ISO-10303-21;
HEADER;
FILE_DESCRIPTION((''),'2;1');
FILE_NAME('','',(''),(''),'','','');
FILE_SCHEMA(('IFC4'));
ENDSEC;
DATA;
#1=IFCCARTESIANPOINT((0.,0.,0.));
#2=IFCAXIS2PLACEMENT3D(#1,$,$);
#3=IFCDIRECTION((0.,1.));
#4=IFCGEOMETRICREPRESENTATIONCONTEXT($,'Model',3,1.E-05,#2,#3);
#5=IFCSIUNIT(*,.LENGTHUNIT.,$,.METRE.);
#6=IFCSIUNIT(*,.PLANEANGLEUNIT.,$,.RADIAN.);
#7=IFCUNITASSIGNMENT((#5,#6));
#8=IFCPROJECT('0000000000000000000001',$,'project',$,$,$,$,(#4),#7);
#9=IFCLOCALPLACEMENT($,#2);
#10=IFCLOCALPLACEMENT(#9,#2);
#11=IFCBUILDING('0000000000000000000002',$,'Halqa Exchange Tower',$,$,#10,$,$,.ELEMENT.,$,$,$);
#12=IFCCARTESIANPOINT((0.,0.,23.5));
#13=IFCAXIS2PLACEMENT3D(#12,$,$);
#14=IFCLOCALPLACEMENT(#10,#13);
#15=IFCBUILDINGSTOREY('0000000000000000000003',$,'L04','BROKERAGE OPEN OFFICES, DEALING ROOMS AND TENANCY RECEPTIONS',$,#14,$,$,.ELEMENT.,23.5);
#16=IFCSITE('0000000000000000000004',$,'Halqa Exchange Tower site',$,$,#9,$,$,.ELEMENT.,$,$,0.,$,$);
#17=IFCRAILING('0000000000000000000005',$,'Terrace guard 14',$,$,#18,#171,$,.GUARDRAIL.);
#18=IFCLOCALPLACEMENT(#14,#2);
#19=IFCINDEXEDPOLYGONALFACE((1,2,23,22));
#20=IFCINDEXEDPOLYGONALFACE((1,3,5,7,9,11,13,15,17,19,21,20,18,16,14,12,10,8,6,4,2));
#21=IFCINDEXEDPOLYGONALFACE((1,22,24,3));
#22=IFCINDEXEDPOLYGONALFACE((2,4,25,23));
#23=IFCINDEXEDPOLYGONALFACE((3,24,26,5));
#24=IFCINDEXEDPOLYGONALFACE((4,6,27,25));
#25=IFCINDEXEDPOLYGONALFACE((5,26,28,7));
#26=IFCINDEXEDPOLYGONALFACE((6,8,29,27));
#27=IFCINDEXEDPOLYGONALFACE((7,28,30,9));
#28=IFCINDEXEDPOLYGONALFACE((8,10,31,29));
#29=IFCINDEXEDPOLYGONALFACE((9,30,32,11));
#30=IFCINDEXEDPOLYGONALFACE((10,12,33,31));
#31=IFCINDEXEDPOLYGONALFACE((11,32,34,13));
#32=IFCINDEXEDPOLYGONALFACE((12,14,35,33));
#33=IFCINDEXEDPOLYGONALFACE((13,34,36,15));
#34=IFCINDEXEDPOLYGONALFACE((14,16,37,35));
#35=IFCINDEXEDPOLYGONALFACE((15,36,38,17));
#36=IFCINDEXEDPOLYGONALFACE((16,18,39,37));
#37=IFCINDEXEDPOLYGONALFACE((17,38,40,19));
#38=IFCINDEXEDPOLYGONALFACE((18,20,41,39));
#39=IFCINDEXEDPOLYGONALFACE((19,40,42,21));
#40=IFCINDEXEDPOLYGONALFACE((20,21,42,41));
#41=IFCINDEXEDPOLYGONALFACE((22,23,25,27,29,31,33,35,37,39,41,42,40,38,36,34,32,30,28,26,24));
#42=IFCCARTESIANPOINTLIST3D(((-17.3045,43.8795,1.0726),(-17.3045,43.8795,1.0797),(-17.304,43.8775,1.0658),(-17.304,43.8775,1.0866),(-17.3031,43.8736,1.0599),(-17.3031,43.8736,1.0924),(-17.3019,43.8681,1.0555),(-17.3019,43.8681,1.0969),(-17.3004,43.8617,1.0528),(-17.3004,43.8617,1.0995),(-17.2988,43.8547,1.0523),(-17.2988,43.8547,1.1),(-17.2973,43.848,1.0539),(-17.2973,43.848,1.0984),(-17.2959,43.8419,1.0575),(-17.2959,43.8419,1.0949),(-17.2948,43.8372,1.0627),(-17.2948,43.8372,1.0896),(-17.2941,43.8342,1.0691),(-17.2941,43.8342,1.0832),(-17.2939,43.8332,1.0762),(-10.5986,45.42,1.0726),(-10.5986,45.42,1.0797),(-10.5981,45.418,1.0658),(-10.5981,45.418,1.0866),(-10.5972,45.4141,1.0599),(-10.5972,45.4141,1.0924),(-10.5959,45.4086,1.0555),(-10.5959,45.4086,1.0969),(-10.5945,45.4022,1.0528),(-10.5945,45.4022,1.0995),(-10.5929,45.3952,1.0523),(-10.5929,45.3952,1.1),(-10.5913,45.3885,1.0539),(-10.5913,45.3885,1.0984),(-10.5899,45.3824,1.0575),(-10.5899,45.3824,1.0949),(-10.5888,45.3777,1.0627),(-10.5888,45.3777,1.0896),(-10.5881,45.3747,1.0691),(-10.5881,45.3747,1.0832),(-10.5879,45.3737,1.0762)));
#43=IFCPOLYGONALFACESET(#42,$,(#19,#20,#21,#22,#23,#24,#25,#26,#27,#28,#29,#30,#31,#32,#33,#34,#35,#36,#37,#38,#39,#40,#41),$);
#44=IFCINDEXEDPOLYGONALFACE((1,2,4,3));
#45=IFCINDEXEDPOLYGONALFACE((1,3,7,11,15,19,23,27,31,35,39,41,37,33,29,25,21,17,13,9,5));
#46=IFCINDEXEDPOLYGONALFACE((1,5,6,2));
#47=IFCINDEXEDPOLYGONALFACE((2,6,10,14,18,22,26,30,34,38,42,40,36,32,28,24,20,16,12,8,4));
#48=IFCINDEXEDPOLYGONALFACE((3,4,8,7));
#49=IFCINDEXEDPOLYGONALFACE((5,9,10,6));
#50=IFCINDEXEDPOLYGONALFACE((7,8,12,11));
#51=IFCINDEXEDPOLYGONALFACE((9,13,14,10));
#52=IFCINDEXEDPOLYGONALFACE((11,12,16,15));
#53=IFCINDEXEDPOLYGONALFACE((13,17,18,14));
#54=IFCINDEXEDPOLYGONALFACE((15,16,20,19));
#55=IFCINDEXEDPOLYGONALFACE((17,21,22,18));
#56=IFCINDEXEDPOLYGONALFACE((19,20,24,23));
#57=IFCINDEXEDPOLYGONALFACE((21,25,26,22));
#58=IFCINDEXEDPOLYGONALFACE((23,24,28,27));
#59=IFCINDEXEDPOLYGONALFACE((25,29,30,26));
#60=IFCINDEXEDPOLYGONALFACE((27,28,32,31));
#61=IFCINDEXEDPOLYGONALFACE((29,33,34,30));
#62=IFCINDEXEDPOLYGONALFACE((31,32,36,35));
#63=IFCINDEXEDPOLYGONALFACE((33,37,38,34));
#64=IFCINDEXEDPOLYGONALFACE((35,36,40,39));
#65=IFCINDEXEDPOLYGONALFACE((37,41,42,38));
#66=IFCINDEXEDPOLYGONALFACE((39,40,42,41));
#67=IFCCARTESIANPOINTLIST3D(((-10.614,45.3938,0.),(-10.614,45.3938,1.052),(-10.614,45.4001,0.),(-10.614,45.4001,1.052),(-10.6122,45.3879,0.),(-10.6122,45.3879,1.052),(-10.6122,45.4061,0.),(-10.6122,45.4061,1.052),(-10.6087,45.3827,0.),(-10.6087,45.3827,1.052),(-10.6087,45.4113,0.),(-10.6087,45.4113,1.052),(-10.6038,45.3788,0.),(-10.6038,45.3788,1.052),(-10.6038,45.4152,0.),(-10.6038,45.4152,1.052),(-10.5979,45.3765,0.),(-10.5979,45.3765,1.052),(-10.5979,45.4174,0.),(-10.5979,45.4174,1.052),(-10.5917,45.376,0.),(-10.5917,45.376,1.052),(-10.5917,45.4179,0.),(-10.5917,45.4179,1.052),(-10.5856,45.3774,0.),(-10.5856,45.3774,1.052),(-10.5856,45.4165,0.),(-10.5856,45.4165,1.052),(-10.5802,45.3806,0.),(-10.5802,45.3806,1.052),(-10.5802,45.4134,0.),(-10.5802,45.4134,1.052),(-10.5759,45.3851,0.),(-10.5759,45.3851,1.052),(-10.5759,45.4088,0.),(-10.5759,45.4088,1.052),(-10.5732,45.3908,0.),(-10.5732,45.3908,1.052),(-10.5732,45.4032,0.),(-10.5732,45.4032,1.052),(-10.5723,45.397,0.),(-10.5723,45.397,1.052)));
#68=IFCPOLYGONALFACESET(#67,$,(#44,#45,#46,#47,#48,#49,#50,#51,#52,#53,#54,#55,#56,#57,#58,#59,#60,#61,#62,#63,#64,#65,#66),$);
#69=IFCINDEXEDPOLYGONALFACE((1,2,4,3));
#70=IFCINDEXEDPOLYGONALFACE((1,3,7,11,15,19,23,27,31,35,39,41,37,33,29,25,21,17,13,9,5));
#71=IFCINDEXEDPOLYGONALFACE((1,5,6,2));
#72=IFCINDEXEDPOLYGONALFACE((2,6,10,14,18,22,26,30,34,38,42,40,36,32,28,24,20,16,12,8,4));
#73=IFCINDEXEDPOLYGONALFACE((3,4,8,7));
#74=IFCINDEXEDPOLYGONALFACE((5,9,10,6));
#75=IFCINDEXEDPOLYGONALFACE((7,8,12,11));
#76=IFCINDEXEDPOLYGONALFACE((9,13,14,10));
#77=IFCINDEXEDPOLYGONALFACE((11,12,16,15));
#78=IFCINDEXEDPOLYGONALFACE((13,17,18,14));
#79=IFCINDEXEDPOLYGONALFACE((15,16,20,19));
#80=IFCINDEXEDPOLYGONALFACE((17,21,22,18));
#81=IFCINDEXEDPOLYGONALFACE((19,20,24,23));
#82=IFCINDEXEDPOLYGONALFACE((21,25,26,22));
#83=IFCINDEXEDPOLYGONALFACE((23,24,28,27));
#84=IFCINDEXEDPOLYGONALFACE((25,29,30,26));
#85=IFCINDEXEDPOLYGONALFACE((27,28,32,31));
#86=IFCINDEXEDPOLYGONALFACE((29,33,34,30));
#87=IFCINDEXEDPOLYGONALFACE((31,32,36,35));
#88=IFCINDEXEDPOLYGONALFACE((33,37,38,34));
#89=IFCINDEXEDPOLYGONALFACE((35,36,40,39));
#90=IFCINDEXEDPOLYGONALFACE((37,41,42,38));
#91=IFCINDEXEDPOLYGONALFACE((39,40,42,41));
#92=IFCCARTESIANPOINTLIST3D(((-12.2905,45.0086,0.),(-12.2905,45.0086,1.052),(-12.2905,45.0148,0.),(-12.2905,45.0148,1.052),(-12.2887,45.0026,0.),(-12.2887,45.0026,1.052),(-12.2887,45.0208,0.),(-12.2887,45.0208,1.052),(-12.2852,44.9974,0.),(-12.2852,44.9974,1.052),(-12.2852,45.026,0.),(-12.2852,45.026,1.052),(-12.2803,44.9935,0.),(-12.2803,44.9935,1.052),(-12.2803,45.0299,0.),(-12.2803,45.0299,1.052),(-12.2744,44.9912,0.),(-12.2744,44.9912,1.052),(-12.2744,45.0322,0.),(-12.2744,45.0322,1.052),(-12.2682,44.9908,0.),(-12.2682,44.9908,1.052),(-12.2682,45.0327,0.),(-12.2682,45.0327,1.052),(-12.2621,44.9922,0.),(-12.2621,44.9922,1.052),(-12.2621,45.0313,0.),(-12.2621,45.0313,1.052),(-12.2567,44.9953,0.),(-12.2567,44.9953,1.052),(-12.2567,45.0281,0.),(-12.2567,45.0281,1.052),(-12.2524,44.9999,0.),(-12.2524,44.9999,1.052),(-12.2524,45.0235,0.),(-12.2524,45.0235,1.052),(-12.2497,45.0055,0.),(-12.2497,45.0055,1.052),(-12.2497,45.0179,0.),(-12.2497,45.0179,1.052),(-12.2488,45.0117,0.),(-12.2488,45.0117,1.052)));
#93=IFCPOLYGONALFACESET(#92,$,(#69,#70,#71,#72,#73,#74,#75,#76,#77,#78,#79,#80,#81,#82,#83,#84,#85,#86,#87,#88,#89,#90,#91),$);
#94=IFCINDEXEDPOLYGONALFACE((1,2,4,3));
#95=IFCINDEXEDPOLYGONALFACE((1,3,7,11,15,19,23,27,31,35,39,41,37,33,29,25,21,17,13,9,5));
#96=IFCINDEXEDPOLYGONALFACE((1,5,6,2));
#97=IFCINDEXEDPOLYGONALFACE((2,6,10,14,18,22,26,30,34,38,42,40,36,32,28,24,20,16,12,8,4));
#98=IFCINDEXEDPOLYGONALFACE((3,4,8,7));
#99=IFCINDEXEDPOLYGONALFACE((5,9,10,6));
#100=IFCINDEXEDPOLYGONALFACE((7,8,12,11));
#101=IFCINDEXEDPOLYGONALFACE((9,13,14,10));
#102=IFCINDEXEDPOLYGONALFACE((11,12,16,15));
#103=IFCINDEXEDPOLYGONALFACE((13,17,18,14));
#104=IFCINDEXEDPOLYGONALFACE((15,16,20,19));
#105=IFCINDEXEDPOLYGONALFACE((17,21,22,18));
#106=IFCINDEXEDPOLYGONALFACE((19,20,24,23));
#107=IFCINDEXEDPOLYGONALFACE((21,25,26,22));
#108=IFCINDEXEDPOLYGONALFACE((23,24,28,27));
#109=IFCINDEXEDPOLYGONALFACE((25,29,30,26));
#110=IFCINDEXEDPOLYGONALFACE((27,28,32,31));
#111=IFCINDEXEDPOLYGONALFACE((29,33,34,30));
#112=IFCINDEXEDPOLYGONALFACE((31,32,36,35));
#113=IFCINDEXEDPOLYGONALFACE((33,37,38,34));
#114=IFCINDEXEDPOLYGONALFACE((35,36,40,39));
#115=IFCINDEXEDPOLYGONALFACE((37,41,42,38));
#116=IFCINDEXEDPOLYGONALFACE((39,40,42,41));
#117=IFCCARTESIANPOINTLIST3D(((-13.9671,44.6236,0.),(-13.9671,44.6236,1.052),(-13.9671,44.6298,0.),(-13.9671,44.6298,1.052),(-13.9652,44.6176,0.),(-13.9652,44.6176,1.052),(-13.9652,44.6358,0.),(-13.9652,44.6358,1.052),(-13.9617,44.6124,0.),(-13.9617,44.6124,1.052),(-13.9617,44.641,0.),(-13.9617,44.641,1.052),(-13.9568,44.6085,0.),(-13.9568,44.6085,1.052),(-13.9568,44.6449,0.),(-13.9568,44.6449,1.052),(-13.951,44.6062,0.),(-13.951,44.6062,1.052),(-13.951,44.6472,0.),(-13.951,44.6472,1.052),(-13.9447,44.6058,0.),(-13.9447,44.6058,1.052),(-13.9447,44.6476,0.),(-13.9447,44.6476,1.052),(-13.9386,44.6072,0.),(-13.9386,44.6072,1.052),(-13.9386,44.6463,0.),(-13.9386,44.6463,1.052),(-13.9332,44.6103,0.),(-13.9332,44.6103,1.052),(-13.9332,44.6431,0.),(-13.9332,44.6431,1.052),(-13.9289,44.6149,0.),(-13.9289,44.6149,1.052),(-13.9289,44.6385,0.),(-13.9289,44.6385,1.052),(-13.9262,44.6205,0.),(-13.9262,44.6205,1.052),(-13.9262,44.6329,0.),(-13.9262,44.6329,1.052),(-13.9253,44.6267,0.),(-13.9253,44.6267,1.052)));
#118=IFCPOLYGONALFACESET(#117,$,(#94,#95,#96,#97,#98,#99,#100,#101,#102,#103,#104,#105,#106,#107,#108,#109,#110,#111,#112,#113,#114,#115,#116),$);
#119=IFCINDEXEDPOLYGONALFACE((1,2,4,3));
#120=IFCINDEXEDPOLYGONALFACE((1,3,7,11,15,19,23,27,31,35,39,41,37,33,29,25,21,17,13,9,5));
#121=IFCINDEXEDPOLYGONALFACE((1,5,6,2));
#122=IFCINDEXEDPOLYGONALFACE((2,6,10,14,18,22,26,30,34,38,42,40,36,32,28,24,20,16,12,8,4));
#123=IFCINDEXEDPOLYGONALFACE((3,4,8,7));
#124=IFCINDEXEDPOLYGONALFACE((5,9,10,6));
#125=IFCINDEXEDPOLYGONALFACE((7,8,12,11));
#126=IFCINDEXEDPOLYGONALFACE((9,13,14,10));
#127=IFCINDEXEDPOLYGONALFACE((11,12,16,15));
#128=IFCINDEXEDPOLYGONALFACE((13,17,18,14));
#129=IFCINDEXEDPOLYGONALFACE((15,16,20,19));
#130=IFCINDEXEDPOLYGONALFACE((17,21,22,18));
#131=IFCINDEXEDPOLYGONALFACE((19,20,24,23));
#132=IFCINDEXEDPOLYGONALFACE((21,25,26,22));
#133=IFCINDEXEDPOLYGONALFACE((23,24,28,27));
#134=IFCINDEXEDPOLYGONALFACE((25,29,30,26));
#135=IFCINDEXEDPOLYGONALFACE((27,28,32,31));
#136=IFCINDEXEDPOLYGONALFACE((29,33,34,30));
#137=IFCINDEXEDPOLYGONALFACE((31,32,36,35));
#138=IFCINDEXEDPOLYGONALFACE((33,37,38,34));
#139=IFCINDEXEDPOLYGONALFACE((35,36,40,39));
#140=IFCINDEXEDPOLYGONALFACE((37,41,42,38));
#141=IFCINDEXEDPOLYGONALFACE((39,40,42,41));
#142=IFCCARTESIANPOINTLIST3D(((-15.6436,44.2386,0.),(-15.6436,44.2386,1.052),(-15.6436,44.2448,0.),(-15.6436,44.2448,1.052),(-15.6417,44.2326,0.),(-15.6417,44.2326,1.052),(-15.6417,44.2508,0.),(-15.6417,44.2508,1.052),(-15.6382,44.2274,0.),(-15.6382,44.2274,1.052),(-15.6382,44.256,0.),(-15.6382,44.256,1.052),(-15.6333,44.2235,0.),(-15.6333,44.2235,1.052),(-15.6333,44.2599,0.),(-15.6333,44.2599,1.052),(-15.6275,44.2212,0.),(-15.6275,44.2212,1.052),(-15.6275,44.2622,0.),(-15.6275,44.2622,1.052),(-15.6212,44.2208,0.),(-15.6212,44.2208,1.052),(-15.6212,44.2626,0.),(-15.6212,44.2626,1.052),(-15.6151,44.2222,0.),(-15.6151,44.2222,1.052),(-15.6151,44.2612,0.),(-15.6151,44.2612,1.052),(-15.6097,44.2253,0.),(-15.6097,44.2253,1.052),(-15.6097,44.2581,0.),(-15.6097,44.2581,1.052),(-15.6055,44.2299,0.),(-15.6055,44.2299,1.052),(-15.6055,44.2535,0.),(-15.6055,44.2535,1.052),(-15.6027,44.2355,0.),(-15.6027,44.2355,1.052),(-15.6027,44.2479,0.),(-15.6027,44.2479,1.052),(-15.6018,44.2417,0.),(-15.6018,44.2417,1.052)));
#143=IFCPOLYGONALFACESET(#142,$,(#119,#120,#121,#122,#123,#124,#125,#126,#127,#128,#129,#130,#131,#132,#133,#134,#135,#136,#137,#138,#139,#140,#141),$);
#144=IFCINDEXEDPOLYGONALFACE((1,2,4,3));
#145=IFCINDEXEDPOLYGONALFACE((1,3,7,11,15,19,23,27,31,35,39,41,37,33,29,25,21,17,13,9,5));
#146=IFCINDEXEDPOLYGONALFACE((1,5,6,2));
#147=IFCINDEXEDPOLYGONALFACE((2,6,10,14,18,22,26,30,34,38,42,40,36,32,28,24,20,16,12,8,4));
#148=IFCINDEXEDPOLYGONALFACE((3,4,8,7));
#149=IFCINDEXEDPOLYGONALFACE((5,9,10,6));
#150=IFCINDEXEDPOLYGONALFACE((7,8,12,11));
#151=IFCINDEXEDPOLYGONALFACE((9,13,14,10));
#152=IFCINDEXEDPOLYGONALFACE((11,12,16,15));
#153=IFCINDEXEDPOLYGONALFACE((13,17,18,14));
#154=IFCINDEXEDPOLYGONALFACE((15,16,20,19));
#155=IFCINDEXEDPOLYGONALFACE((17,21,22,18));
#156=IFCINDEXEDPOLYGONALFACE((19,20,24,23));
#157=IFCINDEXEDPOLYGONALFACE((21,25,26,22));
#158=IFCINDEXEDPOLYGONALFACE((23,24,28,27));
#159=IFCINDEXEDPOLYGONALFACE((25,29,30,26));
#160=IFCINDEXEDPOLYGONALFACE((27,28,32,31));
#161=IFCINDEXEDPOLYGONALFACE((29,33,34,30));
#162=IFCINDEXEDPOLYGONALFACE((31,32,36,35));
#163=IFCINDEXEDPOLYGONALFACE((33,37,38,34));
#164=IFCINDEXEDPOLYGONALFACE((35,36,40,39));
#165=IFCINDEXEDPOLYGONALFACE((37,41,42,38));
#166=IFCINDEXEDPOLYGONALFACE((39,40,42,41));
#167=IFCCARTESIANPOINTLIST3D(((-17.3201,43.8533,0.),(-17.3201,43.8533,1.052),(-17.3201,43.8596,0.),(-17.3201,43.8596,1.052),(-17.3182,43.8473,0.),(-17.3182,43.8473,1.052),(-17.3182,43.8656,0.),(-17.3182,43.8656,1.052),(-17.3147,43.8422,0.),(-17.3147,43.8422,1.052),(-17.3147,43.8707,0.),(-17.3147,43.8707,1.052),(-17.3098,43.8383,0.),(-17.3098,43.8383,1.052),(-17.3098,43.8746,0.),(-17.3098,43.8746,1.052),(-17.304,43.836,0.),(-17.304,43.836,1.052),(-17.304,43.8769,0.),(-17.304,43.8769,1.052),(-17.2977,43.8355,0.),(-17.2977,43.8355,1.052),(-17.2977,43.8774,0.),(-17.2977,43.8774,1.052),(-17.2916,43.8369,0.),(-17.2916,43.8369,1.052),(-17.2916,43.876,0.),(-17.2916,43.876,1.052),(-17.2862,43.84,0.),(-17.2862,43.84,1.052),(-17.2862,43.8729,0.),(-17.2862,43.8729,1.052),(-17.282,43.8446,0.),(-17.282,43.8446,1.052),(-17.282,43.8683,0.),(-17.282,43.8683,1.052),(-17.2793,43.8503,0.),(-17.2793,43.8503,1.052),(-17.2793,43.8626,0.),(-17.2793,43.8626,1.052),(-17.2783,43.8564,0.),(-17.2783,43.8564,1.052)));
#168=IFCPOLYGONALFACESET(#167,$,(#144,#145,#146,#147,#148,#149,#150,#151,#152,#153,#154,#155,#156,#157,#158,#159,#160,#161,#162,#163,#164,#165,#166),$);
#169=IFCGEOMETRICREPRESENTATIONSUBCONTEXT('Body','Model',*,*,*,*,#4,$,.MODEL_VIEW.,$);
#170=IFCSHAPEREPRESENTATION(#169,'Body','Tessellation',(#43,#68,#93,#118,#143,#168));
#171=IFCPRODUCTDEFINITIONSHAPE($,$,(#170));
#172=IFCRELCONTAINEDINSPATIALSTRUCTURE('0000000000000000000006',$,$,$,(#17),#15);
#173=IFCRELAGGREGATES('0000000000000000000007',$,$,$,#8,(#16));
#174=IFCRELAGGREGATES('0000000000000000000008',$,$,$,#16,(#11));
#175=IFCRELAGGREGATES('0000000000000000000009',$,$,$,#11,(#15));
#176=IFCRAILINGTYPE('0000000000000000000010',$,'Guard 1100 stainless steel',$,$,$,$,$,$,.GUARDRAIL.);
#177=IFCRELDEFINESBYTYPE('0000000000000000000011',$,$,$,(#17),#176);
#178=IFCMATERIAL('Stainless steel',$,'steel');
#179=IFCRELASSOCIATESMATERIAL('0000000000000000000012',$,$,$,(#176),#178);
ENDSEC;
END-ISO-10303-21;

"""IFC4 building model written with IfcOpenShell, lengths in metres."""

from ifc_helpers import new_model, si_unit, direction, frame, origin, origin_2d, place, context, subcontext, project, spatial, circle, extrude, material, type_object, element, save


model = new_model("IFC4")

# Units and contexts
model_context = context("Model", 3, precision=1e-05, world=origin(), true_north=direction((0.0, 1.0)))
body_context = subcontext(model_context, "Body", "Model", "MODEL_VIEW")
ifc_project = project(units=[si_unit("LENGTHUNIT", "METRE"), si_unit("PLANEANGLEUNIT", "RADIAN")], contexts=[model_context])

# Site, building, storey
site_placement = place(None, origin())
site = spatial("IfcSite", under=ifc_project, at=site_placement, Name="Halqa Exchange Tower site", CompositionType="ELEMENT", RefElevation=0.0)
building_placement = place(site_placement, origin())
building = spatial("IfcBuilding", under=site, at=building_placement, Name="Halqa Exchange Tower", CompositionType="ELEMENT")
storey_placement = place(building_placement, frame((0.0, 0.0, 23.5)))
storey = spatial("IfcBuildingStorey", under=building, at=storey_placement, Name="L04", Description="BROKERAGE OPEN OFFICES, DEALING ROOMS AND TENANCY RECEPTIONS", CompositionType="ELEMENT", Elevation=23.5)

# Railing
ifc_material_1 = material(Name="Stainless steel", Category="steel")
railing_type = type_object("IfcRailingType", Name="Guard 1100 stainless steel", PredefinedType="GUARDRAIL", material=ifc_material_1)
railing_1_placement = place(storey_placement, frame((-10.5933, 45.397, 0.0)))
element("IfcRailing", 1, at=railing_1_placement, inside=storey, type_object=railing_type, Name="Terrace guard 14", PredefinedType="GUARDRAIL", context=body_context, shape_type="SweptSolid", body=[
    extrude(circle(Radius=0.0239, at=origin_2d()), frame((0.0, 0.0, 1.0762), z_axis=(-0.974614, -0.22389, 0.0), x_axis=(0.22389, -0.974614, 0.0)), (0.0, 0.0, 1.0), 6.8806),
    extrude(circle(Radius=0.021, at=origin_2d()), origin(), (0.0, 0.0, 1.0), 1.052),
    extrude(circle(Radius=0.021, at=origin_2d()), frame((-1.6765, -0.3853, 0.0)), (0.0, 0.0, 1.0), 1.052),
    extrude(circle(Radius=0.021, at=origin_2d()), frame((-3.353, -0.7703, 0.0)), (0.0, 0.0, 1.0), 1.052),
    extrude(circle(Radius=0.021, at=origin_2d()), frame((-5.0295, -1.1553, 0.0)), (0.0, 0.0, 1.0), 1.052),
    extrude(circle(Radius=0.021, at=origin_2d()), frame((-6.7061, -1.5405, 0.0)), (0.0, 0.0, 1.0), 1.052),
])

save(model, "model.ifc")
